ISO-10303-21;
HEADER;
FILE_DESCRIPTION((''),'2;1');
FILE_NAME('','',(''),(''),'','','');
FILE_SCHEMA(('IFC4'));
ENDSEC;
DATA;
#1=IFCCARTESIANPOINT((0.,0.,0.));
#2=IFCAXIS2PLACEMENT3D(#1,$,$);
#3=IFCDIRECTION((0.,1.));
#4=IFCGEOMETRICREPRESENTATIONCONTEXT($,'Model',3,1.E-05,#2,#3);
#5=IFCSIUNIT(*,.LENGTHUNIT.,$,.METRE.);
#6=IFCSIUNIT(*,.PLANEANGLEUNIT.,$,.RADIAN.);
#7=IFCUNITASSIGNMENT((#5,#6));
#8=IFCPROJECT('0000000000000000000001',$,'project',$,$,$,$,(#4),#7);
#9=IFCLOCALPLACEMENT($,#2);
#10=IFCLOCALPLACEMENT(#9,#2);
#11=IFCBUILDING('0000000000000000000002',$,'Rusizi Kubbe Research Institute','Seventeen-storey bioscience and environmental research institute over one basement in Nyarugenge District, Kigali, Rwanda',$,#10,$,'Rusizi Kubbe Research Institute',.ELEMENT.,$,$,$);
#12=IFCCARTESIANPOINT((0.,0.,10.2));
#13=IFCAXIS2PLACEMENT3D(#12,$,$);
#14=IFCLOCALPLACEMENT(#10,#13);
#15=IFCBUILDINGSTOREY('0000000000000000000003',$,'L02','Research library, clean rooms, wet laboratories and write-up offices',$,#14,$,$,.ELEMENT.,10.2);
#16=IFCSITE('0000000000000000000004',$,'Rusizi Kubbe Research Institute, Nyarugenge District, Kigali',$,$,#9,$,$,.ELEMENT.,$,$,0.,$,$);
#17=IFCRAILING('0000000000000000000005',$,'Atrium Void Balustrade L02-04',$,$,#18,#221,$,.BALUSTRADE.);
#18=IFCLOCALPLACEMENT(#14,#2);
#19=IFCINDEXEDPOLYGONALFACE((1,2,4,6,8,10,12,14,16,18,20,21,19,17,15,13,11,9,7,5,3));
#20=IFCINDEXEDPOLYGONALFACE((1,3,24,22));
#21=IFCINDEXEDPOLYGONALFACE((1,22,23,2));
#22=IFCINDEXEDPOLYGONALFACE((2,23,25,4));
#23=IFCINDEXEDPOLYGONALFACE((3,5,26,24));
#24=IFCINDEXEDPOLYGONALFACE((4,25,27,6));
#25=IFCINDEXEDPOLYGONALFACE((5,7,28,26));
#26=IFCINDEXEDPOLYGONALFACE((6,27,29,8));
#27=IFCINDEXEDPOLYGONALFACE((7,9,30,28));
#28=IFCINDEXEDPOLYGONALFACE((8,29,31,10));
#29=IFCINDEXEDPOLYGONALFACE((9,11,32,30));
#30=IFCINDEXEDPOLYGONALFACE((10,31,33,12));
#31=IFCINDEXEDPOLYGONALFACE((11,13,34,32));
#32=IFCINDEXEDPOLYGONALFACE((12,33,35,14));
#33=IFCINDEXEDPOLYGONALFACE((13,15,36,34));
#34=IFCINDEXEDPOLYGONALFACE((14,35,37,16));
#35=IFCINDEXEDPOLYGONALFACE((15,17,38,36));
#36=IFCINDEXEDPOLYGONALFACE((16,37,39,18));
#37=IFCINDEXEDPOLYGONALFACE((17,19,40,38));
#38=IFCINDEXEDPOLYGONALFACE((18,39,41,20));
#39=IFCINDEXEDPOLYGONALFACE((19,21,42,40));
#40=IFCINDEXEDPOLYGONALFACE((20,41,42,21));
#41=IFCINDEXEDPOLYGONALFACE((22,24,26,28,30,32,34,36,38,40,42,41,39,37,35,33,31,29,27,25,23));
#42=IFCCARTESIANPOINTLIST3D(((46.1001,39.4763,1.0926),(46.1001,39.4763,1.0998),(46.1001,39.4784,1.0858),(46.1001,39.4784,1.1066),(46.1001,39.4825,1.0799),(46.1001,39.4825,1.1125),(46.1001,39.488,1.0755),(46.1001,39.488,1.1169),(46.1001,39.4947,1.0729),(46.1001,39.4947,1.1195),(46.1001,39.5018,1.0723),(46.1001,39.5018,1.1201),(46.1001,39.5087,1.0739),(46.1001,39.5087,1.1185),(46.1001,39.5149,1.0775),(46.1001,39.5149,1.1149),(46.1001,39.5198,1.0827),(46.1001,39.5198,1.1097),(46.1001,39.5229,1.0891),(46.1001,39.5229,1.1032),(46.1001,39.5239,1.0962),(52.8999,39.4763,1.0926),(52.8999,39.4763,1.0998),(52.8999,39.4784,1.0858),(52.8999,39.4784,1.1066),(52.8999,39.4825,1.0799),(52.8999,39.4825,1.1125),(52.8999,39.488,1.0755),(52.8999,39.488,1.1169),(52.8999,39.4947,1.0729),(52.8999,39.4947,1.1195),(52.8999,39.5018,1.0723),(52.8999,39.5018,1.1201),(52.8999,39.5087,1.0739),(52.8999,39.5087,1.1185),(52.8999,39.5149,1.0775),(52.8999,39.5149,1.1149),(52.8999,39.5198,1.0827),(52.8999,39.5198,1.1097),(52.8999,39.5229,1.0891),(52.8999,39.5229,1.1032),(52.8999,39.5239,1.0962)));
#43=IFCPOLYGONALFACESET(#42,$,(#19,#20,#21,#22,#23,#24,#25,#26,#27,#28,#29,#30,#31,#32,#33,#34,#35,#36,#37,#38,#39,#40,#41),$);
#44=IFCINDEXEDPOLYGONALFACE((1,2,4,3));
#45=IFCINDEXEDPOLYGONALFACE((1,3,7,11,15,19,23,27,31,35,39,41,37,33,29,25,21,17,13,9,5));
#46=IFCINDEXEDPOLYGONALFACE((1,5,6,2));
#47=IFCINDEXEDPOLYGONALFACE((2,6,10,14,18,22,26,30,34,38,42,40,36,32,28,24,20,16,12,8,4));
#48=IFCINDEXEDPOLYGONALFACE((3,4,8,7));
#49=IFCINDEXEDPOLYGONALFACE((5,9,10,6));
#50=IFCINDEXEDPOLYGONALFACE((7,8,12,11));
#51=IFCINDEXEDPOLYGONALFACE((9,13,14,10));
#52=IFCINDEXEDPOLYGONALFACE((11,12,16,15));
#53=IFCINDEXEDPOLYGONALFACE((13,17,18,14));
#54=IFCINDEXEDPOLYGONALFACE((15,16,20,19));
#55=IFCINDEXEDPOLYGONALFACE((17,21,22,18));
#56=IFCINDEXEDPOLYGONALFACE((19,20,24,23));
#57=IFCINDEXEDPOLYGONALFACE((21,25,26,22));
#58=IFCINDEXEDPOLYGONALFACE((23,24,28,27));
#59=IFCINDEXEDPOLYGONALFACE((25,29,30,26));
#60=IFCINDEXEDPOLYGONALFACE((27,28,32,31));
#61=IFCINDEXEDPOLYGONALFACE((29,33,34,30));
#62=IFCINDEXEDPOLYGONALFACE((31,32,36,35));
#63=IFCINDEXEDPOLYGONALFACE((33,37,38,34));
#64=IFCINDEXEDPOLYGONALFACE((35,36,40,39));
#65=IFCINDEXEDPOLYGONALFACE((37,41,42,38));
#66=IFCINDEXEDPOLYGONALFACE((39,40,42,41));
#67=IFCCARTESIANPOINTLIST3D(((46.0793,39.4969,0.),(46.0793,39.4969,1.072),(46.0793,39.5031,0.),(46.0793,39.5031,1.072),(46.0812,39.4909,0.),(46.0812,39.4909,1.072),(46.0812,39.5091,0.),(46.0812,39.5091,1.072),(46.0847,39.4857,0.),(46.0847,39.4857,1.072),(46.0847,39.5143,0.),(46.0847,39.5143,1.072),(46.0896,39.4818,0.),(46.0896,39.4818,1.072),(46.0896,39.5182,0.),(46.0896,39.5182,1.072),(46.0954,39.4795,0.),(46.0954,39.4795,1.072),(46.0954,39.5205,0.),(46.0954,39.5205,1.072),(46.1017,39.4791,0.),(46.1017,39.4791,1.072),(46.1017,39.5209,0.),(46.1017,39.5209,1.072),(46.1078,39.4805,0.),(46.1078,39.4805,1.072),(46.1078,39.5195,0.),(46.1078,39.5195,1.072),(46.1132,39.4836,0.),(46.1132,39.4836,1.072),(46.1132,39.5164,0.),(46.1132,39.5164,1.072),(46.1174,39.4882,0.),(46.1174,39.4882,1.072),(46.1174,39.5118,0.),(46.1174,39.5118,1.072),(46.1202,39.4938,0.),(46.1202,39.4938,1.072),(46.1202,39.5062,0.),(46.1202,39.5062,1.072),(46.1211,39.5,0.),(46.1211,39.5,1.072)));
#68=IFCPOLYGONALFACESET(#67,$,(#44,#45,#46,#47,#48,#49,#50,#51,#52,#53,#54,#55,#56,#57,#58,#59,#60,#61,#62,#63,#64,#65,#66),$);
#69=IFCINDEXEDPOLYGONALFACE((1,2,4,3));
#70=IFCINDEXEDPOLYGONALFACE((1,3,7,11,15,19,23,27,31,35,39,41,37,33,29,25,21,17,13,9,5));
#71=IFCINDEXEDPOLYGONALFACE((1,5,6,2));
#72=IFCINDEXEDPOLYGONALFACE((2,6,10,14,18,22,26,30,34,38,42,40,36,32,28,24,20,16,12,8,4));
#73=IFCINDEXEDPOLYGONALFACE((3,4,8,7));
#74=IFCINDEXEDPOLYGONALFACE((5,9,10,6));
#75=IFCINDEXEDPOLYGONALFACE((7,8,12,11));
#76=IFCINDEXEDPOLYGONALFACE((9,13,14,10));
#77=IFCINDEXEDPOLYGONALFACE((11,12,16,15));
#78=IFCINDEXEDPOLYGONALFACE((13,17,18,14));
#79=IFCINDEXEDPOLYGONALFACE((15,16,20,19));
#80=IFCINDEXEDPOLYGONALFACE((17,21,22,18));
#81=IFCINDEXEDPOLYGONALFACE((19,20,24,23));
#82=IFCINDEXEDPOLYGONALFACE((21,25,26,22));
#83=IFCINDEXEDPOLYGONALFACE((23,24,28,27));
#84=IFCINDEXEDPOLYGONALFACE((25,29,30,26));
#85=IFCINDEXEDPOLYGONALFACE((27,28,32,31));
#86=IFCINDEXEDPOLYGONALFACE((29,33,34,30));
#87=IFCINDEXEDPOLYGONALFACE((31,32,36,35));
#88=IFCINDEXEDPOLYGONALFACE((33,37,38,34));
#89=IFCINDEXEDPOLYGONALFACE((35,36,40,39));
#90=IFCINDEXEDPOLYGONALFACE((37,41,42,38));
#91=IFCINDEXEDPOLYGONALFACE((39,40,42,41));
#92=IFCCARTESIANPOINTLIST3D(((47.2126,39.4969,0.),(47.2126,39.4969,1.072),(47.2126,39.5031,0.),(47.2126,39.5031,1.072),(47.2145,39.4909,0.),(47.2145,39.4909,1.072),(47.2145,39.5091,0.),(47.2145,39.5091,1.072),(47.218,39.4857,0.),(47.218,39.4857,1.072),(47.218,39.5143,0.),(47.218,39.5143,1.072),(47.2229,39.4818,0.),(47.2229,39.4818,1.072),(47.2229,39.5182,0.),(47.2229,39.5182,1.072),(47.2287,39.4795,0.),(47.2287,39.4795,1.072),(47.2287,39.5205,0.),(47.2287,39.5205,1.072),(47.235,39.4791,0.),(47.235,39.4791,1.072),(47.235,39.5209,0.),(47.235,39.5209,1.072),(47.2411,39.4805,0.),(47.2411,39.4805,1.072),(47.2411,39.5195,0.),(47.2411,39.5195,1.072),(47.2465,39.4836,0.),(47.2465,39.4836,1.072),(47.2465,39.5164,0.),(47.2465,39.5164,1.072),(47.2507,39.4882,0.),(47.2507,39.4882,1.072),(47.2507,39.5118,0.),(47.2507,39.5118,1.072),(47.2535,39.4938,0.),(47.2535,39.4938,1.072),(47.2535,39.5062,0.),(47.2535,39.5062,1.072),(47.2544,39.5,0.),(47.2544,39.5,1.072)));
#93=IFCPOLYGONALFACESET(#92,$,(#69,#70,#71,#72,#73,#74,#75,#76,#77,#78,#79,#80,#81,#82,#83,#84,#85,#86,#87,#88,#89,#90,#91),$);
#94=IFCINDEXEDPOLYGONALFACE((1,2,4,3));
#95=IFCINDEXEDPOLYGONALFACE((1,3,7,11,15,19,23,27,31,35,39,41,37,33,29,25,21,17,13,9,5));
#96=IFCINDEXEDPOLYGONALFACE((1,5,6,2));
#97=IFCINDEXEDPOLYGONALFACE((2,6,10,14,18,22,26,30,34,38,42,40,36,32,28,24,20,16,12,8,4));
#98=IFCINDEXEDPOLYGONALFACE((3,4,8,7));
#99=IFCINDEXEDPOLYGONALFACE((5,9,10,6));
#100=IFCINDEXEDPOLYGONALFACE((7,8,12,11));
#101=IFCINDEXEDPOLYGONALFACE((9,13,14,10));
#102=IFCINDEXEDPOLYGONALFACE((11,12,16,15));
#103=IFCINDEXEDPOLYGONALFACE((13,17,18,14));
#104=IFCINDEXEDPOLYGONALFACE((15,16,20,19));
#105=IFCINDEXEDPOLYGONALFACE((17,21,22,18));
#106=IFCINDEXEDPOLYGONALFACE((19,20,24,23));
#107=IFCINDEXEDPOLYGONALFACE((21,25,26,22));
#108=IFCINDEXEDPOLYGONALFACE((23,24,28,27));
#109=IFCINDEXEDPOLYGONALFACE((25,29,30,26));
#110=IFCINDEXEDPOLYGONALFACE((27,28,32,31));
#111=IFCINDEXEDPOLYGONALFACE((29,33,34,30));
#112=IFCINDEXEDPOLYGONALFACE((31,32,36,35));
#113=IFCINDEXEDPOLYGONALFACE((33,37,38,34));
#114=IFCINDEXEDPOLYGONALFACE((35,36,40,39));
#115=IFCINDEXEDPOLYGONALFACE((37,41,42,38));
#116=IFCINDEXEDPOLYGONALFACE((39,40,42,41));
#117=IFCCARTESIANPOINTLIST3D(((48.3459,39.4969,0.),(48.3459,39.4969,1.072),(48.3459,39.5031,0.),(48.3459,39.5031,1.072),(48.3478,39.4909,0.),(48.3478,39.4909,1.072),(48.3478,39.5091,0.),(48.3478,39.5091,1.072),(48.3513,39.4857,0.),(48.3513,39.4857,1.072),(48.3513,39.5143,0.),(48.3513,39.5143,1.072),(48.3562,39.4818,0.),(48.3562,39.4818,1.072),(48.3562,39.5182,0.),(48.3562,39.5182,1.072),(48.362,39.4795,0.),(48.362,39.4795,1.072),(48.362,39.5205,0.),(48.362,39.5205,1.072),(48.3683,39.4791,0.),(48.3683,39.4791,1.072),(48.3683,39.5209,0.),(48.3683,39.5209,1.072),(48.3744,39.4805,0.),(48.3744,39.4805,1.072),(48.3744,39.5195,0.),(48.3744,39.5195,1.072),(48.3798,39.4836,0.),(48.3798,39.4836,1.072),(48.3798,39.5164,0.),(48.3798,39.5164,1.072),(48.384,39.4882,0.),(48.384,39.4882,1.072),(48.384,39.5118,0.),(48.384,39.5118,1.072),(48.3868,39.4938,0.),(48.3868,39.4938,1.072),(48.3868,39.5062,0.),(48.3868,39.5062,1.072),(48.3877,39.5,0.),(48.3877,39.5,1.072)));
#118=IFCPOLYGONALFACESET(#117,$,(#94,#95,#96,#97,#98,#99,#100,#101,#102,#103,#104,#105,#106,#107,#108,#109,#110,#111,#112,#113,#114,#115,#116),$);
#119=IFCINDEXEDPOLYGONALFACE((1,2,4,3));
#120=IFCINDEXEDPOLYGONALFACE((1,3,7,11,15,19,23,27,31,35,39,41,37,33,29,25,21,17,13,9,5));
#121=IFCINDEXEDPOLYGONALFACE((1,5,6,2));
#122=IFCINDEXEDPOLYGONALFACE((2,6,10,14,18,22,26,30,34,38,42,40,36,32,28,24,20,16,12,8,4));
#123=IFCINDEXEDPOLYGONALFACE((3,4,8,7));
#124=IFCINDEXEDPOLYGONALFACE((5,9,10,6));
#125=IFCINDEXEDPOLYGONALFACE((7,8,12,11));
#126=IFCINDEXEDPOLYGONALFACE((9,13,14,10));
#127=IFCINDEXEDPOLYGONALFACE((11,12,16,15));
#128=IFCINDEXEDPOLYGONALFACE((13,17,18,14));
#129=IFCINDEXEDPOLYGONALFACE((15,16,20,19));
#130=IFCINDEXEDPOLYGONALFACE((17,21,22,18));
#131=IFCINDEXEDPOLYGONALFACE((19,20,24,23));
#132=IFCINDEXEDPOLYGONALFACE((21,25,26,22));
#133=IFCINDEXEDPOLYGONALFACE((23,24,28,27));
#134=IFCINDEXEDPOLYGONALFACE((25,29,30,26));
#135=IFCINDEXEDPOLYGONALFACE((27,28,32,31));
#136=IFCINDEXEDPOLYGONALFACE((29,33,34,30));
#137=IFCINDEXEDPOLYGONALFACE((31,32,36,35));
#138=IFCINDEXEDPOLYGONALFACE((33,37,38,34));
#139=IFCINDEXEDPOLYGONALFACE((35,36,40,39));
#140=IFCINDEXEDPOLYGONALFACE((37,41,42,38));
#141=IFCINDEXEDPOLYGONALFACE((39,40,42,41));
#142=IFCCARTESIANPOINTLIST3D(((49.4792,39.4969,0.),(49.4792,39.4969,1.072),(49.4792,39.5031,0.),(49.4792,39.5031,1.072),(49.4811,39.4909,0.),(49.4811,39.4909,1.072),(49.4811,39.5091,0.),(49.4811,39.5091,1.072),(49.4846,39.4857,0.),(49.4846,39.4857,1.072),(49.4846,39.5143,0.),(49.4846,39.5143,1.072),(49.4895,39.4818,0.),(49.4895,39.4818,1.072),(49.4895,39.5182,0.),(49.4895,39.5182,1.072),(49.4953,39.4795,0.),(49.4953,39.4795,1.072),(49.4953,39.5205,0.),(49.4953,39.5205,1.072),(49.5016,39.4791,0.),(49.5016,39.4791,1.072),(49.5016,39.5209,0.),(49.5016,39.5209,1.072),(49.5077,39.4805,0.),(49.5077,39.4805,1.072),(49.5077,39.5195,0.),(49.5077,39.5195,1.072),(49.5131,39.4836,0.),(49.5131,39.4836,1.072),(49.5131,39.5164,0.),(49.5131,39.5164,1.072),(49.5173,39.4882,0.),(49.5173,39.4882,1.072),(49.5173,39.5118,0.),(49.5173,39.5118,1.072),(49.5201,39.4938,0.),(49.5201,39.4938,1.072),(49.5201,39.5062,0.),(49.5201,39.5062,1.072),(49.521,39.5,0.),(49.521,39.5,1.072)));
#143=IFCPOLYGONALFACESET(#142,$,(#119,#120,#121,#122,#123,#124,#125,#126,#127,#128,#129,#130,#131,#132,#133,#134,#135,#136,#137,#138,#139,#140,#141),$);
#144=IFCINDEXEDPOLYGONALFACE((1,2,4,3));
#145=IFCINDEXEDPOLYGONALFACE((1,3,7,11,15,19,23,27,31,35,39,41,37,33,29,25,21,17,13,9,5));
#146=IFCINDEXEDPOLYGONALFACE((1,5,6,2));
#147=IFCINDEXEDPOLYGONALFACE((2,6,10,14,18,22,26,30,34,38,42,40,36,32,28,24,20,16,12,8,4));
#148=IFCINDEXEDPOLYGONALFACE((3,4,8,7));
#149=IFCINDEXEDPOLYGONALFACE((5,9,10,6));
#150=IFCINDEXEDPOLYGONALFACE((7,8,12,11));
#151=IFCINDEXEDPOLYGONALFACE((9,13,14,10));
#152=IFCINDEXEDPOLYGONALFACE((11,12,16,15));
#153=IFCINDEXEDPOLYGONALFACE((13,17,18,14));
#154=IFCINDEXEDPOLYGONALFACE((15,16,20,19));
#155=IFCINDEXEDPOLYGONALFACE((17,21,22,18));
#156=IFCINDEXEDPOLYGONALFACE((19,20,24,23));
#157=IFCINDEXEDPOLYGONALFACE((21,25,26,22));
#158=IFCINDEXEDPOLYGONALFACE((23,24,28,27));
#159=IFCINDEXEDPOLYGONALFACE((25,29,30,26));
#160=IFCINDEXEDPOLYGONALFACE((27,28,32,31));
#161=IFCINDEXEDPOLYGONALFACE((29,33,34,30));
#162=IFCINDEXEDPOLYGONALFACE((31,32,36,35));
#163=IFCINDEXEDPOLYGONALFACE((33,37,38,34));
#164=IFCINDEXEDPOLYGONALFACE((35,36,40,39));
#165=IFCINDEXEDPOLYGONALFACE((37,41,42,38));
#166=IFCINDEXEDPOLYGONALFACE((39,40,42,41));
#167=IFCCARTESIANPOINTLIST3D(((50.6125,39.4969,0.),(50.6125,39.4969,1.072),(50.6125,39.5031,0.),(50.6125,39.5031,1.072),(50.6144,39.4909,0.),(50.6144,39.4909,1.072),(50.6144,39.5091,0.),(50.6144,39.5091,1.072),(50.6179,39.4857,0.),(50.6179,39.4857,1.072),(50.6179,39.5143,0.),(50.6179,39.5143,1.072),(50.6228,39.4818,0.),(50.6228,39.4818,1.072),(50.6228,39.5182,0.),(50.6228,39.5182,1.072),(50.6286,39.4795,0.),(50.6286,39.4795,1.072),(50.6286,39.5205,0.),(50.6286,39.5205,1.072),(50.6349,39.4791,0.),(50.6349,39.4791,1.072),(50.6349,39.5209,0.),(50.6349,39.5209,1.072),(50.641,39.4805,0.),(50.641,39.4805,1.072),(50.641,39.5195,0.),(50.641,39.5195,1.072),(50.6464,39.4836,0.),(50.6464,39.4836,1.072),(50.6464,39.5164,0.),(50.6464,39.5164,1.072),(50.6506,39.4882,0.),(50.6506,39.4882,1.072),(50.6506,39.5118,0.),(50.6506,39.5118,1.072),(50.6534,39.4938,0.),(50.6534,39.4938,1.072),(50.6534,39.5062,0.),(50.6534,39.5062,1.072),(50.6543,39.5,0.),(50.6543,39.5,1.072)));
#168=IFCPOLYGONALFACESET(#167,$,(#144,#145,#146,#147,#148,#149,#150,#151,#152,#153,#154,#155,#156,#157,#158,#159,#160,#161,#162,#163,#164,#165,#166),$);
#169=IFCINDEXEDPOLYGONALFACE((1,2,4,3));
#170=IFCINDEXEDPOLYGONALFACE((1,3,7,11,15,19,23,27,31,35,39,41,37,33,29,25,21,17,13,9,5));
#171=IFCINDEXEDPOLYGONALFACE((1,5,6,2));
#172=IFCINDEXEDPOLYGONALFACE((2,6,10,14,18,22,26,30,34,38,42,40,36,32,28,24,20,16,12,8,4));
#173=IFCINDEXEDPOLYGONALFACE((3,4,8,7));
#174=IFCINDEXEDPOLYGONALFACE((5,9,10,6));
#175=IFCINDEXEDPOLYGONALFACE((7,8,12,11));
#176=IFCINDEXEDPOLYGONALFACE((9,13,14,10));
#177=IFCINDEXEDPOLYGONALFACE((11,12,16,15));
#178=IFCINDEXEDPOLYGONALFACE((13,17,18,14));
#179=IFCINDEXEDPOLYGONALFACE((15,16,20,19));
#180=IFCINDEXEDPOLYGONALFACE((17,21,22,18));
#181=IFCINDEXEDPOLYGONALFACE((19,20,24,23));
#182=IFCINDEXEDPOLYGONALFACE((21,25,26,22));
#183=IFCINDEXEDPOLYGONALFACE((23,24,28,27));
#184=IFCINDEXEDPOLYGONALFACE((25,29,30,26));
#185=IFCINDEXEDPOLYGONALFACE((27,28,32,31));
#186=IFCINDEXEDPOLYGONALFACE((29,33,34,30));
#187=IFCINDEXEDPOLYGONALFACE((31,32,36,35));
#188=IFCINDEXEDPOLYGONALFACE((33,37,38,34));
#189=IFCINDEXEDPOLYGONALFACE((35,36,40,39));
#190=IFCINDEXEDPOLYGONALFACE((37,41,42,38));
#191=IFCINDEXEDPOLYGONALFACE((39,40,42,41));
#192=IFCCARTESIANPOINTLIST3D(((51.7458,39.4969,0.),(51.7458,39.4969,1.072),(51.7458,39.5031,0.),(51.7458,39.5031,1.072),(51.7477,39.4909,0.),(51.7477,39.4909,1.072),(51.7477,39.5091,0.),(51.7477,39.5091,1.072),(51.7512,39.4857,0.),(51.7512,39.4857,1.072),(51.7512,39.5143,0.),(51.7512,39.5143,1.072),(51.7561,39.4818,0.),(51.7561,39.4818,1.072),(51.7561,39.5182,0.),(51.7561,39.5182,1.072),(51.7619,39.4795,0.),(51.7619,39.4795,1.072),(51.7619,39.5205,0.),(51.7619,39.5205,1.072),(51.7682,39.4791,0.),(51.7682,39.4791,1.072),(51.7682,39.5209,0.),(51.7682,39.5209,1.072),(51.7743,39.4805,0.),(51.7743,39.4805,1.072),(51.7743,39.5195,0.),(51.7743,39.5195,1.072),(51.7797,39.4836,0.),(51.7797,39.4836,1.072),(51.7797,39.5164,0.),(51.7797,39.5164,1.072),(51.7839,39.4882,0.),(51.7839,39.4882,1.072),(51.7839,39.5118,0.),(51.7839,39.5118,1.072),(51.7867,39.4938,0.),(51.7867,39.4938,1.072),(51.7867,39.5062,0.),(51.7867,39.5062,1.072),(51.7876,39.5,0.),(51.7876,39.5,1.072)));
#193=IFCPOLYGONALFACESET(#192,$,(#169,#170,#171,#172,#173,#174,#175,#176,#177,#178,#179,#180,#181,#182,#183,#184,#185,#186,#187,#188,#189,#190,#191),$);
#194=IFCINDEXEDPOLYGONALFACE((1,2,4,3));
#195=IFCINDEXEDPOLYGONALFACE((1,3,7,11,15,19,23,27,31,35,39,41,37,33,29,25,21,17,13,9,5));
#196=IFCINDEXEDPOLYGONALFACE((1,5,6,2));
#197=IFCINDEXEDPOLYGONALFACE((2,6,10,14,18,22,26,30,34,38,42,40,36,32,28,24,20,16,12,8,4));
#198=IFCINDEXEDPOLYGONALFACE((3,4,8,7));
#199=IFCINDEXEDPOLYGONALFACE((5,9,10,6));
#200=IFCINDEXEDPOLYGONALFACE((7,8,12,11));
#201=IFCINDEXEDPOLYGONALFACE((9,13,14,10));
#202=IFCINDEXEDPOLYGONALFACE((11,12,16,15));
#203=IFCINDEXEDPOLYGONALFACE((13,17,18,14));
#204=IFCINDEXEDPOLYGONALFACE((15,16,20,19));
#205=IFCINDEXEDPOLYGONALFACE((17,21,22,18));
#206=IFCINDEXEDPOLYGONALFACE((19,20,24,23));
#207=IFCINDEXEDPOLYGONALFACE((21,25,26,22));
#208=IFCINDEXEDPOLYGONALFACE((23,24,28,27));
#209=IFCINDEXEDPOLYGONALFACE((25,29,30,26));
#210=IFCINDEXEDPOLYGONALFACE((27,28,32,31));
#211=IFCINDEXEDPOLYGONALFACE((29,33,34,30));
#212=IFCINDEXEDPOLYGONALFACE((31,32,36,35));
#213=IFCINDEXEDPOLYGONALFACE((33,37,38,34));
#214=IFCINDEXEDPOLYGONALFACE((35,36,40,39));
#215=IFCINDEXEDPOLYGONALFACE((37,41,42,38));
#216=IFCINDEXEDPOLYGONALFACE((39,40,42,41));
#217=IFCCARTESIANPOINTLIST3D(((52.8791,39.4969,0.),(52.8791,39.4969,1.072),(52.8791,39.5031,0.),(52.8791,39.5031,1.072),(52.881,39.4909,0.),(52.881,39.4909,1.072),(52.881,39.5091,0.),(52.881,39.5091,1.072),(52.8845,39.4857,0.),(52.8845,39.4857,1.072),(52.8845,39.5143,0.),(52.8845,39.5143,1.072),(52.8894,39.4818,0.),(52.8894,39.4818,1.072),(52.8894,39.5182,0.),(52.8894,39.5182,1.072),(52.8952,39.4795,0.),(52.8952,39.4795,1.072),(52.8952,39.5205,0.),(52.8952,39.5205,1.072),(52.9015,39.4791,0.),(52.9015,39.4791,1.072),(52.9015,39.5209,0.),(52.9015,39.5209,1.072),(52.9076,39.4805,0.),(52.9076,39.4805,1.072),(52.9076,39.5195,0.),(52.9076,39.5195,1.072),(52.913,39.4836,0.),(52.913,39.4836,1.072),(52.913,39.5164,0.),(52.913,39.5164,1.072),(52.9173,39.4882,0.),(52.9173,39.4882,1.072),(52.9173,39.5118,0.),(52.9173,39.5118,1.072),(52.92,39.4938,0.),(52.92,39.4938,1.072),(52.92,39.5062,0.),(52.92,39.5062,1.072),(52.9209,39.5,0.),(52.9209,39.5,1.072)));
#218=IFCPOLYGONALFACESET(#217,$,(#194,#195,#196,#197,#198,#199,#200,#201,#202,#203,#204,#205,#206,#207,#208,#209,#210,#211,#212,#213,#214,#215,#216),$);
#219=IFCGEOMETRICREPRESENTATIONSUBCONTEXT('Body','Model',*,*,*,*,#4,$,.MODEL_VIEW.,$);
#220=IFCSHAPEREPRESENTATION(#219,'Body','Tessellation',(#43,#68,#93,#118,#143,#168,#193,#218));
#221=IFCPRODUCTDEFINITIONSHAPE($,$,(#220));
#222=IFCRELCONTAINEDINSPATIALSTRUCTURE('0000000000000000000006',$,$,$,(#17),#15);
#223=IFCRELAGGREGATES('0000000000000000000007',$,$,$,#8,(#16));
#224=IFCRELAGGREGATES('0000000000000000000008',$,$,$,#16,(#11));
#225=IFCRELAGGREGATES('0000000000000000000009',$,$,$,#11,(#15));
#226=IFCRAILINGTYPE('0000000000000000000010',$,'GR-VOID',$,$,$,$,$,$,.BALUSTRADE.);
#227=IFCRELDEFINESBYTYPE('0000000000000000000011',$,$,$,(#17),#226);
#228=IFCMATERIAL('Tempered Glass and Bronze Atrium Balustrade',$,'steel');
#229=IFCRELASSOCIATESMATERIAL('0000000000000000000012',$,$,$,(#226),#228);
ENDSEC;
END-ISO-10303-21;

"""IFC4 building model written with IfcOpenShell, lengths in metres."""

from ifc_helpers import new_model, si_unit, direction, frame, origin, origin_2d, place, context, subcontext, project, spatial, circle, extrude, material, type_object, element, save


model = new_model("IFC4")

# Units and contexts
model_context = context("Model", 3, precision=1e-05, world=origin(), true_north=direction((0.0, 1.0)))
body_context = subcontext(model_context, "Body", "Model", "MODEL_VIEW")
ifc_project = project(units=[si_unit("LENGTHUNIT", "METRE"), si_unit("PLANEANGLEUNIT", "RADIAN")], contexts=[model_context])

# Site, building, storey
site_placement = place(None, origin())
site = spatial("IfcSite", under=ifc_project, at=site_placement, Name="Rusizi Kubbe Research Institute, Nyarugenge District, Kigali", CompositionType="ELEMENT", RefElevation=0.0)
building_placement = place(site_placement, origin())
building = spatial("IfcBuilding", under=site, at=building_placement, Name="Rusizi Kubbe Research Institute", Description="Seventeen-storey bioscience and environmental research institute over one basement in Nyarugenge District, Kigali, Rwanda", LongName="Rusizi Kubbe Research Institute", CompositionType="ELEMENT")
storey_placement = place(building_placement, frame((0.0, 0.0, 10.2)))
storey = spatial("IfcBuildingStorey", under=building, at=storey_placement, Name="L02", Description="Research library, clean rooms, wet laboratories and write-up offices", CompositionType="ELEMENT", Elevation=10.2)

# Railing
ifc_material_1 = material(Name="Tempered Glass and Bronze Atrium Balustrade", Category="steel")
railing_type = type_object("IfcRailingType", Name="GR-VOID", PredefinedType="BALUSTRADE", material=ifc_material_1)
railing_1_placement = place(storey_placement, frame((46.1001, 39.5, 0.0)))
element("IfcRailing", 1, at=railing_1_placement, inside=storey, type_object=railing_type, Name="Atrium Void Balustrade L02-04", PredefinedType="BALUSTRADE", context=body_context, shape_type="SweptSolid", body=[
    extrude(circle(Radius=0.0239, at=origin_2d()), frame((0.0, 0.0, 1.0962), z_axis=(1.0, 0.0, 0.0), x_axis=(0.0, 1.0, 0.0)), (0.0, 0.0, 1.0), 6.7998),
    extrude(circle(Radius=0.021, at=origin_2d()), origin(), (0.0, 0.0, 1.0), 1.072),
    extrude(circle(Radius=0.021, at=origin_2d()), frame((1.1333, 0.0, 0.0)), (0.0, 0.0, 1.0), 1.072),
    extrude(circle(Radius=0.021, at=origin_2d()), frame((2.2666, 0.0, 0.0)), (0.0, 0.0, 1.0), 1.072),
    extrude(circle(Radius=0.021, at=origin_2d()), frame((3.3999, 0.0, 0.0)), (0.0, 0.0, 1.0), 1.072),
    extrude(circle(Radius=0.021, at=origin_2d()), frame((4.5332, 0.0, 0.0)), (0.0, 0.0, 1.0), 1.072),
    extrude(circle(Radius=0.021, at=origin_2d()), frame((5.6665, 0.0, 0.0)), (0.0, 0.0, 1.0), 1.072),
    extrude(circle(Radius=0.021, at=origin_2d()), frame((6.7998, 0.0, 0.0)), (0.0, 0.0, 1.0), 1.072),
])

save(model, "model.ifc")
